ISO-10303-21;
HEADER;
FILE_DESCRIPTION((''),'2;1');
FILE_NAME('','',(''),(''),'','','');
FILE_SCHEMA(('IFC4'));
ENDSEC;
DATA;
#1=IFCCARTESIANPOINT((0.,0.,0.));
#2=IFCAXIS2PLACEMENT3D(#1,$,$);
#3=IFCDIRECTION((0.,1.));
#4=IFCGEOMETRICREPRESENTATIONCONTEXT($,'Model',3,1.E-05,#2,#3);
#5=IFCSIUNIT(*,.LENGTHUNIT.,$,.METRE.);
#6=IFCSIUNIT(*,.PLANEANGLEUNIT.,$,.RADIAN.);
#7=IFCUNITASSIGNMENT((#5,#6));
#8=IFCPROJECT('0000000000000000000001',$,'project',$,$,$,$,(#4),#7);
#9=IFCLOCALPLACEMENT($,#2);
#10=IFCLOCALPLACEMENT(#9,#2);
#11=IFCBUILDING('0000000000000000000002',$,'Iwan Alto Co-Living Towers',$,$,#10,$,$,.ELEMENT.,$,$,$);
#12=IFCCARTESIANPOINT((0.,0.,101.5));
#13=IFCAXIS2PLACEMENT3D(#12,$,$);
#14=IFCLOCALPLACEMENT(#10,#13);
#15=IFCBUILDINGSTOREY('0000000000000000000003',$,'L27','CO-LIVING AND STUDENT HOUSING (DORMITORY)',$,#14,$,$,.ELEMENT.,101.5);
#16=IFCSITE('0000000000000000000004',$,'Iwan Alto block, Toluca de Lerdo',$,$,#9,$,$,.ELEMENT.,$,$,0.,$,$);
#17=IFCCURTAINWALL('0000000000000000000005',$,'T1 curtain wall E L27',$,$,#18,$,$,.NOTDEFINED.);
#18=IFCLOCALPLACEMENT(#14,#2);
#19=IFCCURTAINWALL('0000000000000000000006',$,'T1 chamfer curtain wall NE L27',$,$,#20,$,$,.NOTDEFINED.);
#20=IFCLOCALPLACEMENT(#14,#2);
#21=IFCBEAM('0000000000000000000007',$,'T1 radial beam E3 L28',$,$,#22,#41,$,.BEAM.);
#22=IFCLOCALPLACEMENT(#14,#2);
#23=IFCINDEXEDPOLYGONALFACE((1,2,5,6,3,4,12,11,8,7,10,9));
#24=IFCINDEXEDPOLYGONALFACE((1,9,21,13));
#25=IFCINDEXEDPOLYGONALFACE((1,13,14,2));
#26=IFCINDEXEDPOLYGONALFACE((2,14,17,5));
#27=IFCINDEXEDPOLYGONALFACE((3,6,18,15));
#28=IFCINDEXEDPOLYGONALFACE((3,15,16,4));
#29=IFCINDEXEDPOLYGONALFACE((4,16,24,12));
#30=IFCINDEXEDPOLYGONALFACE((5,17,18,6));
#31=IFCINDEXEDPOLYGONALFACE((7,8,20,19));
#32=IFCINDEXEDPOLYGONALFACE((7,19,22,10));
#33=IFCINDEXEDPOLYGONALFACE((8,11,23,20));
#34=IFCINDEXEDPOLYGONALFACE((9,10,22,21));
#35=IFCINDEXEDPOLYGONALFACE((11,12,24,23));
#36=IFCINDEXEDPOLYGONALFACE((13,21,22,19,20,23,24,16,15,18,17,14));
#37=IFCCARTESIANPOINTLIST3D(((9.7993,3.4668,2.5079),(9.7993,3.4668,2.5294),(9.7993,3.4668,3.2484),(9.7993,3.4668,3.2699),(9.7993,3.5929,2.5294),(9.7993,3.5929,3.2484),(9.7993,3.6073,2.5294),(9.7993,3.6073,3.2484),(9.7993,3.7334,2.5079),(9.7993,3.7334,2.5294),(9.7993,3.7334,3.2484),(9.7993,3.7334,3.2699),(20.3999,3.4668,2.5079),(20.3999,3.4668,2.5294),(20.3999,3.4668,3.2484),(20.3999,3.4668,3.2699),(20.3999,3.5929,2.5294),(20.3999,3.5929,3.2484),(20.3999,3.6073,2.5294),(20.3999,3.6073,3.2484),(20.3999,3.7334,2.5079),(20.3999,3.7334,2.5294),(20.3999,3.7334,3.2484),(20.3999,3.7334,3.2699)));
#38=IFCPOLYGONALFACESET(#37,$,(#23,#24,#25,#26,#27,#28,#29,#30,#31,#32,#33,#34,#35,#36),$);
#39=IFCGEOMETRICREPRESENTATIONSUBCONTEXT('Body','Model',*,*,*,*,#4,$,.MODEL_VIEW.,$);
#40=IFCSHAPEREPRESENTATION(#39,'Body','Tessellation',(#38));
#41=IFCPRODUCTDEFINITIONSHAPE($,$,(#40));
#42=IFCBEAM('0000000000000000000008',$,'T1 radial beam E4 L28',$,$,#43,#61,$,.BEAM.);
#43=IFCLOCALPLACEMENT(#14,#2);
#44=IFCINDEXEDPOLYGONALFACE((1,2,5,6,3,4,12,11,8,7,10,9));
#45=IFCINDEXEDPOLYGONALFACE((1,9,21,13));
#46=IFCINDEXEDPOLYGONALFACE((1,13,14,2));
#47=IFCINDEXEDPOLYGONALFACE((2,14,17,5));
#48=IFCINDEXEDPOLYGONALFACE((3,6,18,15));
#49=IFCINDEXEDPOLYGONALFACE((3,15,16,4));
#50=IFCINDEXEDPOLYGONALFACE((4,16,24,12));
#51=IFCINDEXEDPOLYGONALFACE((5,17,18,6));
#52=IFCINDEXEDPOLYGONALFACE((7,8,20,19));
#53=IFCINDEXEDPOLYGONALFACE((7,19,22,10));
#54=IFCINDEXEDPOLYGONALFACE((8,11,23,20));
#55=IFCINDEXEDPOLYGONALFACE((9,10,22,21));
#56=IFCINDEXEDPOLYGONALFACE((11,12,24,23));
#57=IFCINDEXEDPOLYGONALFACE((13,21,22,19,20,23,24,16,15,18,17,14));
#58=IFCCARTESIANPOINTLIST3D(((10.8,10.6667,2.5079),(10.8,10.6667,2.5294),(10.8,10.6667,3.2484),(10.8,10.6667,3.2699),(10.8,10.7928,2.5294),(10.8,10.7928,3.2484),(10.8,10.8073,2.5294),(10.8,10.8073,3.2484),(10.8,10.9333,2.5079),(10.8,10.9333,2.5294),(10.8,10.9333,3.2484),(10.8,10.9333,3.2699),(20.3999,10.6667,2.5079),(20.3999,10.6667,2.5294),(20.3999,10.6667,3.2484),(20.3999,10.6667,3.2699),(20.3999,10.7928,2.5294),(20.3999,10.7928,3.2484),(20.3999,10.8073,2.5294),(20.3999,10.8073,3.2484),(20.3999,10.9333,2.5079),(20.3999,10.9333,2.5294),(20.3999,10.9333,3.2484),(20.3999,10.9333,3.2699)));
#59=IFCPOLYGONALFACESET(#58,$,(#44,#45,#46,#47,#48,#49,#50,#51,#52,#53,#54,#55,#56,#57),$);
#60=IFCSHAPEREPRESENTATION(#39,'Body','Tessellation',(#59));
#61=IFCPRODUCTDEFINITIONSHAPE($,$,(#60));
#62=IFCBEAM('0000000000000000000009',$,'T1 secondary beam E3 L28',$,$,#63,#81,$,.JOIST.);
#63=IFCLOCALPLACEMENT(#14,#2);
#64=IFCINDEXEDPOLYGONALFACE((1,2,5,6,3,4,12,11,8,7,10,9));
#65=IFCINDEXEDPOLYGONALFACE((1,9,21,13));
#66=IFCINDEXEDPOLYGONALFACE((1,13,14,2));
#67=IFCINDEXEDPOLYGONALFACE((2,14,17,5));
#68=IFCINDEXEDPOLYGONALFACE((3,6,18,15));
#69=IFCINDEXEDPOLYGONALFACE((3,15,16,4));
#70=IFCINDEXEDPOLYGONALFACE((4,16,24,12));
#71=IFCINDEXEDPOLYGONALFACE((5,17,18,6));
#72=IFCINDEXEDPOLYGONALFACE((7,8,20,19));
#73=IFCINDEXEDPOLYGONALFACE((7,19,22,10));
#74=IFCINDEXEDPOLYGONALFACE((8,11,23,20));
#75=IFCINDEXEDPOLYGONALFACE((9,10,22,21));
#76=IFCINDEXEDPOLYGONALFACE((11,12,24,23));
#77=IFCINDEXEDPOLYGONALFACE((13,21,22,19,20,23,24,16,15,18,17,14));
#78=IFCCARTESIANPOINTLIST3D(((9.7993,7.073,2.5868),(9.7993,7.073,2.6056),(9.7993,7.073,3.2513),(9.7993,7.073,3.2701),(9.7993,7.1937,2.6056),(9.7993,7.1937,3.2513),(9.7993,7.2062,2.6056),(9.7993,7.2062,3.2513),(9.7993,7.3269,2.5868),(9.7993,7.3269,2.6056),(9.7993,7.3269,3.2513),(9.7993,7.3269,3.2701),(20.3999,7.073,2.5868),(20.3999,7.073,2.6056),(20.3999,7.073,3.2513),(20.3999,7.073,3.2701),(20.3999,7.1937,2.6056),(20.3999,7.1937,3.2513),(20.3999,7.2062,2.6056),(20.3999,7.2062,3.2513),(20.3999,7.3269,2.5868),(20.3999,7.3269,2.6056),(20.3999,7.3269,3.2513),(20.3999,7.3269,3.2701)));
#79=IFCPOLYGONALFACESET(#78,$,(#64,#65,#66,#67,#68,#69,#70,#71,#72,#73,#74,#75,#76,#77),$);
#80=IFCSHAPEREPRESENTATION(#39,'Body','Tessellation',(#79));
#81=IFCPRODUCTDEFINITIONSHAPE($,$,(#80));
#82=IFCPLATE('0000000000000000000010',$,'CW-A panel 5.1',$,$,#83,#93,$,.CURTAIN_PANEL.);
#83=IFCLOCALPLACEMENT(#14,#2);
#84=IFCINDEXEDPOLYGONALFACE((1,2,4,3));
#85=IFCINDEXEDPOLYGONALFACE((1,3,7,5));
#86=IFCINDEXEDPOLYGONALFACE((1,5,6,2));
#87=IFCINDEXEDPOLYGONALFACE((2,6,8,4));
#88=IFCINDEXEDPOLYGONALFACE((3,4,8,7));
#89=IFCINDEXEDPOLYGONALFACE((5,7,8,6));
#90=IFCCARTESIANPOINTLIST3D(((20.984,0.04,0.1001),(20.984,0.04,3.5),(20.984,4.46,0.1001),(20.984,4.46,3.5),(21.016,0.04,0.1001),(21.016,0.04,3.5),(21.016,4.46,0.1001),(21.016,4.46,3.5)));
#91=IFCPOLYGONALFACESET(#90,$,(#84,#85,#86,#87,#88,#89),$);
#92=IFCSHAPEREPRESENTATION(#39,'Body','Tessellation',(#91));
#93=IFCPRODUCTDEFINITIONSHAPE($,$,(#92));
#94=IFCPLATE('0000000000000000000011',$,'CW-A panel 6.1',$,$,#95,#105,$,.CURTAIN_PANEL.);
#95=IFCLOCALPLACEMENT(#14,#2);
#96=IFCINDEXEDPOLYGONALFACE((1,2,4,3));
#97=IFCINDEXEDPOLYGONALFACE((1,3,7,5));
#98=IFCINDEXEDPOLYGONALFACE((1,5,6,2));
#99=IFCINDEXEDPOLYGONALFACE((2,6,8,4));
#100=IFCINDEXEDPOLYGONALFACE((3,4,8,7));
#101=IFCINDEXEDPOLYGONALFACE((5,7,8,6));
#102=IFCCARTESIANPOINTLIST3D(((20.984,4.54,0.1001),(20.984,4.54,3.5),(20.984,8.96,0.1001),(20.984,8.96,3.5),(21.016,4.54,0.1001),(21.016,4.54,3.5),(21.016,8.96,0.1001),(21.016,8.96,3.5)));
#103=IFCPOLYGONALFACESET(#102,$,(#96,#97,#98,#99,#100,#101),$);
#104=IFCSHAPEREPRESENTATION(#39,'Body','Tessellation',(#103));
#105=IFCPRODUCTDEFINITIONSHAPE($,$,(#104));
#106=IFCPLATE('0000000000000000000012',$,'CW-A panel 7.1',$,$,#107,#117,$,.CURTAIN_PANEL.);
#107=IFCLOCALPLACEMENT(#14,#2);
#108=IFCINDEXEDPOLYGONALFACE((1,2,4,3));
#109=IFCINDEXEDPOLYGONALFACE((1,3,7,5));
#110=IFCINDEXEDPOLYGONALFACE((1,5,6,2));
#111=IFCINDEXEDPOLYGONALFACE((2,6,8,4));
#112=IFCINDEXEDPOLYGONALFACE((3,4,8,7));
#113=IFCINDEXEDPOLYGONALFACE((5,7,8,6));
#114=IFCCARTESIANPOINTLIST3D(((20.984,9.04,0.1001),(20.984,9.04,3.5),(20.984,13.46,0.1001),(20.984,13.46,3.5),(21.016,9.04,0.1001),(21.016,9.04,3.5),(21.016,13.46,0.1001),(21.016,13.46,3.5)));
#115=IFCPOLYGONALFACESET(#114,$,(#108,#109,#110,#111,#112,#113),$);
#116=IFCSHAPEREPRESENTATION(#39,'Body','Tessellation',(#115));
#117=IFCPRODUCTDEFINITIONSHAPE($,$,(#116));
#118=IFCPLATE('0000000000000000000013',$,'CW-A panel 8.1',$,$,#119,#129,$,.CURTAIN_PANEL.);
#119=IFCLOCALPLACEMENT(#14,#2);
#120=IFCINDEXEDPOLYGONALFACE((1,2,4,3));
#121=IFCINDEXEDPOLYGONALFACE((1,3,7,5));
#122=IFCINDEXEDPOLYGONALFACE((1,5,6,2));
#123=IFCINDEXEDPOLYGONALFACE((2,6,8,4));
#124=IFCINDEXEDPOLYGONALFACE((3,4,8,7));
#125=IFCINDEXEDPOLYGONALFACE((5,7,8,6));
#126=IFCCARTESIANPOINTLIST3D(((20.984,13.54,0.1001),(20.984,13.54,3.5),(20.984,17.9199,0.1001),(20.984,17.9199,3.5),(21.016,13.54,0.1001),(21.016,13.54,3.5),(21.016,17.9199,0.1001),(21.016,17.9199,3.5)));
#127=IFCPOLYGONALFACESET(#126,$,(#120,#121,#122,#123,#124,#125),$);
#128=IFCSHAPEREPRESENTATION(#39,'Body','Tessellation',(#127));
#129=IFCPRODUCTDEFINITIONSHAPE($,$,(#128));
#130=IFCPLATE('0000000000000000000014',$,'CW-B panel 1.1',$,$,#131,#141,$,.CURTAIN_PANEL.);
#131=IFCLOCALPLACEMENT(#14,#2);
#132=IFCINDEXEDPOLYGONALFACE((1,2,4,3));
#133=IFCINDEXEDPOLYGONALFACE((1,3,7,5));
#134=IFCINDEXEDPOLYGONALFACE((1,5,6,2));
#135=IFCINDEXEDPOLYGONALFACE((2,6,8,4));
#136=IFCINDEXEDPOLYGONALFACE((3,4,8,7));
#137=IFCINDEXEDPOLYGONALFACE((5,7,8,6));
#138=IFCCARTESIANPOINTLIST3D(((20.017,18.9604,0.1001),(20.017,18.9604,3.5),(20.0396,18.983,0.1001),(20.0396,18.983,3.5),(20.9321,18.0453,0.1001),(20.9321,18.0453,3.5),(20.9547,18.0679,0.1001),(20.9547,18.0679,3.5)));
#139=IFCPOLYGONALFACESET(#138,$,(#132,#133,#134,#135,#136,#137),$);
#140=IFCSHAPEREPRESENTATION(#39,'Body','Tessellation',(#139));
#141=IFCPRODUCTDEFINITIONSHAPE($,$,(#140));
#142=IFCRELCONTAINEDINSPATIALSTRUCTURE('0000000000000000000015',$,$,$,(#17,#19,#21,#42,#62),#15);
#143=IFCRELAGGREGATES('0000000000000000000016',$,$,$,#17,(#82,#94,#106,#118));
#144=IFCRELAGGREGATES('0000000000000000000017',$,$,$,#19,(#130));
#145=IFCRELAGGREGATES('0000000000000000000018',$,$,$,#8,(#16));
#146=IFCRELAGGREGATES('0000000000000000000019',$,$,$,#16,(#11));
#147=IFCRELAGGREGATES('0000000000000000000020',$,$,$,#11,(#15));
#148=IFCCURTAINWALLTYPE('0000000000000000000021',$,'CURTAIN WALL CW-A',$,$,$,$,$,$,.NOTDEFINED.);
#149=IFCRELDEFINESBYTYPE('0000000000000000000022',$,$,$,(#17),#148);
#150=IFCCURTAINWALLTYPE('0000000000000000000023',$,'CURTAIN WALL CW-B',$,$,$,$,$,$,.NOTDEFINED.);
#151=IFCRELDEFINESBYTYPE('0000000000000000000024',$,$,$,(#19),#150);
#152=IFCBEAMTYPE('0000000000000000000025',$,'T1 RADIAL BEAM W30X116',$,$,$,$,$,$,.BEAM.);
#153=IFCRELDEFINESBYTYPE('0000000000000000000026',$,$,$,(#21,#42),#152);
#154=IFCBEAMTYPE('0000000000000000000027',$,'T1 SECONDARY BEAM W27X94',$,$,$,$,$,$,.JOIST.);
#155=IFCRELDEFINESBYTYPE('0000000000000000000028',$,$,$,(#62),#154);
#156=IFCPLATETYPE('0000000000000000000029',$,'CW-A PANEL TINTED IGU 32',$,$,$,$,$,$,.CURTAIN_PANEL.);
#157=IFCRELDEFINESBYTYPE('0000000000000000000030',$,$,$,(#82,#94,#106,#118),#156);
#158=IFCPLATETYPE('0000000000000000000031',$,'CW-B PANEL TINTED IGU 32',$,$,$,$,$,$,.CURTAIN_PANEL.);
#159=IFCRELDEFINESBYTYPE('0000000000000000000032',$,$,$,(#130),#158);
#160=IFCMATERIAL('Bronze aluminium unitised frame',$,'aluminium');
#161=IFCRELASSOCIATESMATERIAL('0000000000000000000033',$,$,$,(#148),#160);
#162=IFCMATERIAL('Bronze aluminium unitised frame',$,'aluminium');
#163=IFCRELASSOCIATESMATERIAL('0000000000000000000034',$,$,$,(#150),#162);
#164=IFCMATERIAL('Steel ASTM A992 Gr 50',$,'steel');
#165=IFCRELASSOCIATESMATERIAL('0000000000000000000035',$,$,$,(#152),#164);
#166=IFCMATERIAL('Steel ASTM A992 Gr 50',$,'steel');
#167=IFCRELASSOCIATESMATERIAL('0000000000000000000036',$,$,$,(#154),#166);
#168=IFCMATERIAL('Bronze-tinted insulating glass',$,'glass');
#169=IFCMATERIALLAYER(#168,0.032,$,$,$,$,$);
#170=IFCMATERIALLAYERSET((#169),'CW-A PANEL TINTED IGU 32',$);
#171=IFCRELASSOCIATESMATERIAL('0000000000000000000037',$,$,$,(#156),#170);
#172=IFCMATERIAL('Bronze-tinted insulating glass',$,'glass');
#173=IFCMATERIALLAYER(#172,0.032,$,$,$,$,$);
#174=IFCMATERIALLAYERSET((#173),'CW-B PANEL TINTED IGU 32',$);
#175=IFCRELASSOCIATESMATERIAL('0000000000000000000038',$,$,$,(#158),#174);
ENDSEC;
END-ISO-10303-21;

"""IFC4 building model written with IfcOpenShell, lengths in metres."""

from ifc_helpers import new_model, si_unit, direction, frame, origin, origin_2d, place, context, subcontext, project, spatial, rectangle, i_section, extrude, material, layer, layer_set, material_profile, profile_set, type_object, element, aggregate, save


model = new_model("IFC4")

# Units and contexts
model_context = context("Model", 3, precision=1e-05, world=origin(), true_north=direction((0.0, 1.0)))
body_context = subcontext(model_context, "Body", "Model", "MODEL_VIEW")
ifc_project = project(units=[si_unit("LENGTHUNIT", "METRE"), si_unit("PLANEANGLEUNIT", "RADIAN")], contexts=[model_context])

# Site, building, storey
site_placement = place(None, origin())
site = spatial("IfcSite", under=ifc_project, at=site_placement, Name="Iwan Alto block, Toluca de Lerdo", CompositionType="ELEMENT", RefElevation=0.0)
building_placement = place(site_placement, origin())
building = spatial("IfcBuilding", under=site, at=building_placement, Name="Iwan Alto Co-Living Towers", CompositionType="ELEMENT")
storey_placement = place(building_placement, frame((0.0, 0.0, 101.5)))
storey = spatial("IfcBuildingStorey", under=building, at=storey_placement, Name="L27", Description="CO-LIVING AND STUDENT HOUSING (DORMITORY)", CompositionType="ELEMENT", Elevation=101.5)

# Curtain walls
ifc_material_1 = material(Name="Bronze aluminium unitised frame", Category="aluminium")
curtain_wall_type_1 = type_object("IfcCurtainWallType", Name="CURTAIN WALL CW-A", PredefinedType="NOTDEFINED", material=ifc_material_1)
curtain_wall_1_placement = place(storey_placement, origin())
curtain_wall_1 = element("IfcCurtainWall", 1, at=curtain_wall_1_placement, inside=storey, type_object=curtain_wall_type_1, Name="T1 curtain wall E L27", PredefinedType="NOTDEFINED")
ifc_material_2 = material(Name="Bronze aluminium unitised frame", Category="aluminium")
curtain_wall_type_2 = type_object("IfcCurtainWallType", Name="CURTAIN WALL CW-B", PredefinedType="NOTDEFINED", material=ifc_material_2)
curtain_wall_2_placement = place(storey_placement, origin())
curtain_wall_2 = element("IfcCurtainWall", 2, at=curtain_wall_2_placement, inside=storey, type_object=curtain_wall_type_2, Name="T1 chamfer curtain wall NE L27", PredefinedType="NOTDEFINED")

# Beams
ifc_material_3 = material(Name="Steel ASTM A992 Gr 50", Category="steel")
ifc_material_profile_1 = material_profile(ifc_material_3, i_section(OverallWidth=0.2666, OverallDepth=0.762, WebThickness=0.0144, FlangeThickness=0.0215, at=origin_2d()), Name="W30X116")
ifc_profile_set_1 = profile_set([ifc_material_profile_1], Name="Steel ASTM A992 Gr 50")
beam_type_1 = type_object("IfcBeamType", Name="T1 RADIAL BEAM W30X116", PredefinedType="BEAM", material=ifc_profile_set_1)
beam_1_placement = place(storey_placement, frame((20.3999, 3.6001, 2.8889), z_axis=(-1.0, 0.0, 0.0), x_axis=(0.0, -1.0, 0.0)))
element("IfcBeam", 3, at=beam_1_placement, inside=storey, type_object=beam_type_1, Name="T1 radial beam E3 L28", PredefinedType="BEAM", context=body_context, shape_type="SweptSolid", body=[
    extrude(i_section(OverallWidth=0.2666, OverallDepth=0.762, WebThickness=0.0144, FlangeThickness=0.0215, at=origin_2d()), origin(), (0.0, 0.0, 1.0), 10.6006),
])
beam_2_placement = place(storey_placement, frame((20.3999, 10.8, 2.8889), z_axis=(-1.0, 0.0, 0.0), x_axis=(0.0, -1.0, 0.0)))
element("IfcBeam", 4, at=beam_2_placement, inside=storey, type_object=beam_type_1, Name="T1 radial beam E4 L28", PredefinedType="BEAM", context=body_context, shape_type="SweptSolid", body=[
    extrude(i_section(OverallWidth=0.2666, OverallDepth=0.762, WebThickness=0.0144, FlangeThickness=0.0215, at=origin_2d()), origin(), (0.0, 0.0, 1.0), 9.5999),
])
ifc_material_4 = material(Name="Steel ASTM A992 Gr 50", Category="steel")
ifc_material_profile_2 = material_profile(ifc_material_4, i_section(OverallWidth=0.2539, OverallDepth=0.6833, WebThickness=0.0125, FlangeThickness=0.0188, at=origin_2d()), Name="W27X94")
ifc_profile_set_2 = profile_set([ifc_material_profile_2], Name="Steel ASTM A992 Gr 50")
beam_type_2 = type_object("IfcBeamType", Name="T1 SECONDARY BEAM W27X94", PredefinedType="JOIST", material=ifc_profile_set_2)
beam_3_placement = place(storey_placement, frame((20.3999, 7.2, 2.9285), z_axis=(-1.0, 0.0, 0.0), x_axis=(0.0, -1.0, 0.0)))
element("IfcBeam", 5, at=beam_3_placement, inside=storey, type_object=beam_type_2, Name="T1 secondary beam E3 L28", PredefinedType="JOIST", context=body_context, shape_type="SweptSolid", body=[
    extrude(i_section(OverallWidth=0.2539, OverallDepth=0.6833, WebThickness=0.0125, FlangeThickness=0.0188, at=origin_2d()), origin(), (0.0, 0.0, 1.0), 10.6006),
])

# Plates
ifc_material_5 = material(Name="Bronze-tinted insulating glass", Category="glass")
ifc_layer_1 = layer(ifc_material_5, 0.032)
ifc_layer_set_1 = layer_set([ifc_layer_1], Name="CW-A PANEL TINTED IGU 32")
plate_type_1 = type_object("IfcPlateType", Name="CW-A PANEL TINTED IGU 32", PredefinedType="CURTAIN_PANEL", material=ifc_layer_set_1)
plate_1_placement = place(storey_placement, frame((21.0, 2.25, 0.1001), z_axis=(0.0, 0.0, 1.0), x_axis=(0.0, 1.0, 0.0)))
plate_1 = element("IfcPlate", 6, at=plate_1_placement, type_object=plate_type_1, Name="CW-A panel 5.1", PredefinedType="CURTAIN_PANEL", context=body_context, shape_type="SweptSolid", body=[
    extrude(rectangle(XDim=4.4199, YDim=0.032, at=origin_2d()), origin(), (0.0, 0.0, 1.0), 3.3999),
])
plate_2_placement = place(storey_placement, frame((21.0, 6.75, 0.1001), z_axis=(0.0, 0.0, 1.0), x_axis=(0.0, 1.0, 0.0)))
plate_2 = element("IfcPlate", 7, at=plate_2_placement, type_object=plate_type_1, Name="CW-A panel 6.1", PredefinedType="CURTAIN_PANEL", context=body_context, shape_type="SweptSolid", body=[
    extrude(rectangle(XDim=4.4199, YDim=0.032, at=origin_2d()), origin(), (0.0, 0.0, 1.0), 3.3999),
])
plate_3_placement = place(storey_placement, frame((21.0, 11.25, 0.1001), z_axis=(0.0, 0.0, 1.0), x_axis=(0.0, 1.0, 0.0)))
plate_3 = element("IfcPlate", 8, at=plate_3_placement, type_object=plate_type_1, Name="CW-A panel 7.1", PredefinedType="CURTAIN_PANEL", context=body_context, shape_type="SweptSolid", body=[
    extrude(rectangle(XDim=4.4199, YDim=0.032, at=origin_2d()), origin(), (0.0, 0.0, 1.0), 3.3999),
])
plate_4_placement = place(storey_placement, frame((21.0, 15.73, 0.1001), z_axis=(0.0, 0.0, 1.0), x_axis=(0.0, 1.0, 0.0)))
plate_4 = element("IfcPlate", 9, at=plate_4_placement, type_object=plate_type_1, Name="CW-A panel 8.1", PredefinedType="CURTAIN_PANEL", context=body_context, shape_type="SweptSolid", body=[
    extrude(rectangle(XDim=4.3799, YDim=0.032, at=origin_2d()), origin(), (0.0, 0.0, 1.0), 3.3999),
])
aggregate(curtain_wall_1, [plate_1, plate_2, plate_3, plate_4])
ifc_material_6 = material(Name="Bronze-tinted insulating glass", Category="glass")
ifc_layer_2 = layer(ifc_material_6, 0.032)
ifc_layer_set_2 = layer_set([ifc_layer_2], Name="CW-B PANEL TINTED IGU 32")
plate_type_2 = type_object("IfcPlateType", Name="CW-B PANEL TINTED IGU 32", PredefinedType="CURTAIN_PANEL", material=ifc_layer_set_2)
plate_5_placement = place(storey_placement, frame((20.4858, 18.5142, 0.1001), z_axis=(0.0, 0.0, 1.0), x_axis=(-0.707107, 0.707107, 0.0)))
plate_5 = element("IfcPlate", 10, at=plate_5_placement, type_object=plate_type_2, Name="CW-B panel 1.1", PredefinedType="CURTAIN_PANEL", context=body_context, shape_type="SweptSolid", body=[
    extrude(rectangle(XDim=1.2942, YDim=0.032, at=origin_2d()), origin(), (0.0, 0.0, 1.0), 3.3999),
])
aggregate(curtain_wall_2, [plate_5])

save(model, "model.ifc")
